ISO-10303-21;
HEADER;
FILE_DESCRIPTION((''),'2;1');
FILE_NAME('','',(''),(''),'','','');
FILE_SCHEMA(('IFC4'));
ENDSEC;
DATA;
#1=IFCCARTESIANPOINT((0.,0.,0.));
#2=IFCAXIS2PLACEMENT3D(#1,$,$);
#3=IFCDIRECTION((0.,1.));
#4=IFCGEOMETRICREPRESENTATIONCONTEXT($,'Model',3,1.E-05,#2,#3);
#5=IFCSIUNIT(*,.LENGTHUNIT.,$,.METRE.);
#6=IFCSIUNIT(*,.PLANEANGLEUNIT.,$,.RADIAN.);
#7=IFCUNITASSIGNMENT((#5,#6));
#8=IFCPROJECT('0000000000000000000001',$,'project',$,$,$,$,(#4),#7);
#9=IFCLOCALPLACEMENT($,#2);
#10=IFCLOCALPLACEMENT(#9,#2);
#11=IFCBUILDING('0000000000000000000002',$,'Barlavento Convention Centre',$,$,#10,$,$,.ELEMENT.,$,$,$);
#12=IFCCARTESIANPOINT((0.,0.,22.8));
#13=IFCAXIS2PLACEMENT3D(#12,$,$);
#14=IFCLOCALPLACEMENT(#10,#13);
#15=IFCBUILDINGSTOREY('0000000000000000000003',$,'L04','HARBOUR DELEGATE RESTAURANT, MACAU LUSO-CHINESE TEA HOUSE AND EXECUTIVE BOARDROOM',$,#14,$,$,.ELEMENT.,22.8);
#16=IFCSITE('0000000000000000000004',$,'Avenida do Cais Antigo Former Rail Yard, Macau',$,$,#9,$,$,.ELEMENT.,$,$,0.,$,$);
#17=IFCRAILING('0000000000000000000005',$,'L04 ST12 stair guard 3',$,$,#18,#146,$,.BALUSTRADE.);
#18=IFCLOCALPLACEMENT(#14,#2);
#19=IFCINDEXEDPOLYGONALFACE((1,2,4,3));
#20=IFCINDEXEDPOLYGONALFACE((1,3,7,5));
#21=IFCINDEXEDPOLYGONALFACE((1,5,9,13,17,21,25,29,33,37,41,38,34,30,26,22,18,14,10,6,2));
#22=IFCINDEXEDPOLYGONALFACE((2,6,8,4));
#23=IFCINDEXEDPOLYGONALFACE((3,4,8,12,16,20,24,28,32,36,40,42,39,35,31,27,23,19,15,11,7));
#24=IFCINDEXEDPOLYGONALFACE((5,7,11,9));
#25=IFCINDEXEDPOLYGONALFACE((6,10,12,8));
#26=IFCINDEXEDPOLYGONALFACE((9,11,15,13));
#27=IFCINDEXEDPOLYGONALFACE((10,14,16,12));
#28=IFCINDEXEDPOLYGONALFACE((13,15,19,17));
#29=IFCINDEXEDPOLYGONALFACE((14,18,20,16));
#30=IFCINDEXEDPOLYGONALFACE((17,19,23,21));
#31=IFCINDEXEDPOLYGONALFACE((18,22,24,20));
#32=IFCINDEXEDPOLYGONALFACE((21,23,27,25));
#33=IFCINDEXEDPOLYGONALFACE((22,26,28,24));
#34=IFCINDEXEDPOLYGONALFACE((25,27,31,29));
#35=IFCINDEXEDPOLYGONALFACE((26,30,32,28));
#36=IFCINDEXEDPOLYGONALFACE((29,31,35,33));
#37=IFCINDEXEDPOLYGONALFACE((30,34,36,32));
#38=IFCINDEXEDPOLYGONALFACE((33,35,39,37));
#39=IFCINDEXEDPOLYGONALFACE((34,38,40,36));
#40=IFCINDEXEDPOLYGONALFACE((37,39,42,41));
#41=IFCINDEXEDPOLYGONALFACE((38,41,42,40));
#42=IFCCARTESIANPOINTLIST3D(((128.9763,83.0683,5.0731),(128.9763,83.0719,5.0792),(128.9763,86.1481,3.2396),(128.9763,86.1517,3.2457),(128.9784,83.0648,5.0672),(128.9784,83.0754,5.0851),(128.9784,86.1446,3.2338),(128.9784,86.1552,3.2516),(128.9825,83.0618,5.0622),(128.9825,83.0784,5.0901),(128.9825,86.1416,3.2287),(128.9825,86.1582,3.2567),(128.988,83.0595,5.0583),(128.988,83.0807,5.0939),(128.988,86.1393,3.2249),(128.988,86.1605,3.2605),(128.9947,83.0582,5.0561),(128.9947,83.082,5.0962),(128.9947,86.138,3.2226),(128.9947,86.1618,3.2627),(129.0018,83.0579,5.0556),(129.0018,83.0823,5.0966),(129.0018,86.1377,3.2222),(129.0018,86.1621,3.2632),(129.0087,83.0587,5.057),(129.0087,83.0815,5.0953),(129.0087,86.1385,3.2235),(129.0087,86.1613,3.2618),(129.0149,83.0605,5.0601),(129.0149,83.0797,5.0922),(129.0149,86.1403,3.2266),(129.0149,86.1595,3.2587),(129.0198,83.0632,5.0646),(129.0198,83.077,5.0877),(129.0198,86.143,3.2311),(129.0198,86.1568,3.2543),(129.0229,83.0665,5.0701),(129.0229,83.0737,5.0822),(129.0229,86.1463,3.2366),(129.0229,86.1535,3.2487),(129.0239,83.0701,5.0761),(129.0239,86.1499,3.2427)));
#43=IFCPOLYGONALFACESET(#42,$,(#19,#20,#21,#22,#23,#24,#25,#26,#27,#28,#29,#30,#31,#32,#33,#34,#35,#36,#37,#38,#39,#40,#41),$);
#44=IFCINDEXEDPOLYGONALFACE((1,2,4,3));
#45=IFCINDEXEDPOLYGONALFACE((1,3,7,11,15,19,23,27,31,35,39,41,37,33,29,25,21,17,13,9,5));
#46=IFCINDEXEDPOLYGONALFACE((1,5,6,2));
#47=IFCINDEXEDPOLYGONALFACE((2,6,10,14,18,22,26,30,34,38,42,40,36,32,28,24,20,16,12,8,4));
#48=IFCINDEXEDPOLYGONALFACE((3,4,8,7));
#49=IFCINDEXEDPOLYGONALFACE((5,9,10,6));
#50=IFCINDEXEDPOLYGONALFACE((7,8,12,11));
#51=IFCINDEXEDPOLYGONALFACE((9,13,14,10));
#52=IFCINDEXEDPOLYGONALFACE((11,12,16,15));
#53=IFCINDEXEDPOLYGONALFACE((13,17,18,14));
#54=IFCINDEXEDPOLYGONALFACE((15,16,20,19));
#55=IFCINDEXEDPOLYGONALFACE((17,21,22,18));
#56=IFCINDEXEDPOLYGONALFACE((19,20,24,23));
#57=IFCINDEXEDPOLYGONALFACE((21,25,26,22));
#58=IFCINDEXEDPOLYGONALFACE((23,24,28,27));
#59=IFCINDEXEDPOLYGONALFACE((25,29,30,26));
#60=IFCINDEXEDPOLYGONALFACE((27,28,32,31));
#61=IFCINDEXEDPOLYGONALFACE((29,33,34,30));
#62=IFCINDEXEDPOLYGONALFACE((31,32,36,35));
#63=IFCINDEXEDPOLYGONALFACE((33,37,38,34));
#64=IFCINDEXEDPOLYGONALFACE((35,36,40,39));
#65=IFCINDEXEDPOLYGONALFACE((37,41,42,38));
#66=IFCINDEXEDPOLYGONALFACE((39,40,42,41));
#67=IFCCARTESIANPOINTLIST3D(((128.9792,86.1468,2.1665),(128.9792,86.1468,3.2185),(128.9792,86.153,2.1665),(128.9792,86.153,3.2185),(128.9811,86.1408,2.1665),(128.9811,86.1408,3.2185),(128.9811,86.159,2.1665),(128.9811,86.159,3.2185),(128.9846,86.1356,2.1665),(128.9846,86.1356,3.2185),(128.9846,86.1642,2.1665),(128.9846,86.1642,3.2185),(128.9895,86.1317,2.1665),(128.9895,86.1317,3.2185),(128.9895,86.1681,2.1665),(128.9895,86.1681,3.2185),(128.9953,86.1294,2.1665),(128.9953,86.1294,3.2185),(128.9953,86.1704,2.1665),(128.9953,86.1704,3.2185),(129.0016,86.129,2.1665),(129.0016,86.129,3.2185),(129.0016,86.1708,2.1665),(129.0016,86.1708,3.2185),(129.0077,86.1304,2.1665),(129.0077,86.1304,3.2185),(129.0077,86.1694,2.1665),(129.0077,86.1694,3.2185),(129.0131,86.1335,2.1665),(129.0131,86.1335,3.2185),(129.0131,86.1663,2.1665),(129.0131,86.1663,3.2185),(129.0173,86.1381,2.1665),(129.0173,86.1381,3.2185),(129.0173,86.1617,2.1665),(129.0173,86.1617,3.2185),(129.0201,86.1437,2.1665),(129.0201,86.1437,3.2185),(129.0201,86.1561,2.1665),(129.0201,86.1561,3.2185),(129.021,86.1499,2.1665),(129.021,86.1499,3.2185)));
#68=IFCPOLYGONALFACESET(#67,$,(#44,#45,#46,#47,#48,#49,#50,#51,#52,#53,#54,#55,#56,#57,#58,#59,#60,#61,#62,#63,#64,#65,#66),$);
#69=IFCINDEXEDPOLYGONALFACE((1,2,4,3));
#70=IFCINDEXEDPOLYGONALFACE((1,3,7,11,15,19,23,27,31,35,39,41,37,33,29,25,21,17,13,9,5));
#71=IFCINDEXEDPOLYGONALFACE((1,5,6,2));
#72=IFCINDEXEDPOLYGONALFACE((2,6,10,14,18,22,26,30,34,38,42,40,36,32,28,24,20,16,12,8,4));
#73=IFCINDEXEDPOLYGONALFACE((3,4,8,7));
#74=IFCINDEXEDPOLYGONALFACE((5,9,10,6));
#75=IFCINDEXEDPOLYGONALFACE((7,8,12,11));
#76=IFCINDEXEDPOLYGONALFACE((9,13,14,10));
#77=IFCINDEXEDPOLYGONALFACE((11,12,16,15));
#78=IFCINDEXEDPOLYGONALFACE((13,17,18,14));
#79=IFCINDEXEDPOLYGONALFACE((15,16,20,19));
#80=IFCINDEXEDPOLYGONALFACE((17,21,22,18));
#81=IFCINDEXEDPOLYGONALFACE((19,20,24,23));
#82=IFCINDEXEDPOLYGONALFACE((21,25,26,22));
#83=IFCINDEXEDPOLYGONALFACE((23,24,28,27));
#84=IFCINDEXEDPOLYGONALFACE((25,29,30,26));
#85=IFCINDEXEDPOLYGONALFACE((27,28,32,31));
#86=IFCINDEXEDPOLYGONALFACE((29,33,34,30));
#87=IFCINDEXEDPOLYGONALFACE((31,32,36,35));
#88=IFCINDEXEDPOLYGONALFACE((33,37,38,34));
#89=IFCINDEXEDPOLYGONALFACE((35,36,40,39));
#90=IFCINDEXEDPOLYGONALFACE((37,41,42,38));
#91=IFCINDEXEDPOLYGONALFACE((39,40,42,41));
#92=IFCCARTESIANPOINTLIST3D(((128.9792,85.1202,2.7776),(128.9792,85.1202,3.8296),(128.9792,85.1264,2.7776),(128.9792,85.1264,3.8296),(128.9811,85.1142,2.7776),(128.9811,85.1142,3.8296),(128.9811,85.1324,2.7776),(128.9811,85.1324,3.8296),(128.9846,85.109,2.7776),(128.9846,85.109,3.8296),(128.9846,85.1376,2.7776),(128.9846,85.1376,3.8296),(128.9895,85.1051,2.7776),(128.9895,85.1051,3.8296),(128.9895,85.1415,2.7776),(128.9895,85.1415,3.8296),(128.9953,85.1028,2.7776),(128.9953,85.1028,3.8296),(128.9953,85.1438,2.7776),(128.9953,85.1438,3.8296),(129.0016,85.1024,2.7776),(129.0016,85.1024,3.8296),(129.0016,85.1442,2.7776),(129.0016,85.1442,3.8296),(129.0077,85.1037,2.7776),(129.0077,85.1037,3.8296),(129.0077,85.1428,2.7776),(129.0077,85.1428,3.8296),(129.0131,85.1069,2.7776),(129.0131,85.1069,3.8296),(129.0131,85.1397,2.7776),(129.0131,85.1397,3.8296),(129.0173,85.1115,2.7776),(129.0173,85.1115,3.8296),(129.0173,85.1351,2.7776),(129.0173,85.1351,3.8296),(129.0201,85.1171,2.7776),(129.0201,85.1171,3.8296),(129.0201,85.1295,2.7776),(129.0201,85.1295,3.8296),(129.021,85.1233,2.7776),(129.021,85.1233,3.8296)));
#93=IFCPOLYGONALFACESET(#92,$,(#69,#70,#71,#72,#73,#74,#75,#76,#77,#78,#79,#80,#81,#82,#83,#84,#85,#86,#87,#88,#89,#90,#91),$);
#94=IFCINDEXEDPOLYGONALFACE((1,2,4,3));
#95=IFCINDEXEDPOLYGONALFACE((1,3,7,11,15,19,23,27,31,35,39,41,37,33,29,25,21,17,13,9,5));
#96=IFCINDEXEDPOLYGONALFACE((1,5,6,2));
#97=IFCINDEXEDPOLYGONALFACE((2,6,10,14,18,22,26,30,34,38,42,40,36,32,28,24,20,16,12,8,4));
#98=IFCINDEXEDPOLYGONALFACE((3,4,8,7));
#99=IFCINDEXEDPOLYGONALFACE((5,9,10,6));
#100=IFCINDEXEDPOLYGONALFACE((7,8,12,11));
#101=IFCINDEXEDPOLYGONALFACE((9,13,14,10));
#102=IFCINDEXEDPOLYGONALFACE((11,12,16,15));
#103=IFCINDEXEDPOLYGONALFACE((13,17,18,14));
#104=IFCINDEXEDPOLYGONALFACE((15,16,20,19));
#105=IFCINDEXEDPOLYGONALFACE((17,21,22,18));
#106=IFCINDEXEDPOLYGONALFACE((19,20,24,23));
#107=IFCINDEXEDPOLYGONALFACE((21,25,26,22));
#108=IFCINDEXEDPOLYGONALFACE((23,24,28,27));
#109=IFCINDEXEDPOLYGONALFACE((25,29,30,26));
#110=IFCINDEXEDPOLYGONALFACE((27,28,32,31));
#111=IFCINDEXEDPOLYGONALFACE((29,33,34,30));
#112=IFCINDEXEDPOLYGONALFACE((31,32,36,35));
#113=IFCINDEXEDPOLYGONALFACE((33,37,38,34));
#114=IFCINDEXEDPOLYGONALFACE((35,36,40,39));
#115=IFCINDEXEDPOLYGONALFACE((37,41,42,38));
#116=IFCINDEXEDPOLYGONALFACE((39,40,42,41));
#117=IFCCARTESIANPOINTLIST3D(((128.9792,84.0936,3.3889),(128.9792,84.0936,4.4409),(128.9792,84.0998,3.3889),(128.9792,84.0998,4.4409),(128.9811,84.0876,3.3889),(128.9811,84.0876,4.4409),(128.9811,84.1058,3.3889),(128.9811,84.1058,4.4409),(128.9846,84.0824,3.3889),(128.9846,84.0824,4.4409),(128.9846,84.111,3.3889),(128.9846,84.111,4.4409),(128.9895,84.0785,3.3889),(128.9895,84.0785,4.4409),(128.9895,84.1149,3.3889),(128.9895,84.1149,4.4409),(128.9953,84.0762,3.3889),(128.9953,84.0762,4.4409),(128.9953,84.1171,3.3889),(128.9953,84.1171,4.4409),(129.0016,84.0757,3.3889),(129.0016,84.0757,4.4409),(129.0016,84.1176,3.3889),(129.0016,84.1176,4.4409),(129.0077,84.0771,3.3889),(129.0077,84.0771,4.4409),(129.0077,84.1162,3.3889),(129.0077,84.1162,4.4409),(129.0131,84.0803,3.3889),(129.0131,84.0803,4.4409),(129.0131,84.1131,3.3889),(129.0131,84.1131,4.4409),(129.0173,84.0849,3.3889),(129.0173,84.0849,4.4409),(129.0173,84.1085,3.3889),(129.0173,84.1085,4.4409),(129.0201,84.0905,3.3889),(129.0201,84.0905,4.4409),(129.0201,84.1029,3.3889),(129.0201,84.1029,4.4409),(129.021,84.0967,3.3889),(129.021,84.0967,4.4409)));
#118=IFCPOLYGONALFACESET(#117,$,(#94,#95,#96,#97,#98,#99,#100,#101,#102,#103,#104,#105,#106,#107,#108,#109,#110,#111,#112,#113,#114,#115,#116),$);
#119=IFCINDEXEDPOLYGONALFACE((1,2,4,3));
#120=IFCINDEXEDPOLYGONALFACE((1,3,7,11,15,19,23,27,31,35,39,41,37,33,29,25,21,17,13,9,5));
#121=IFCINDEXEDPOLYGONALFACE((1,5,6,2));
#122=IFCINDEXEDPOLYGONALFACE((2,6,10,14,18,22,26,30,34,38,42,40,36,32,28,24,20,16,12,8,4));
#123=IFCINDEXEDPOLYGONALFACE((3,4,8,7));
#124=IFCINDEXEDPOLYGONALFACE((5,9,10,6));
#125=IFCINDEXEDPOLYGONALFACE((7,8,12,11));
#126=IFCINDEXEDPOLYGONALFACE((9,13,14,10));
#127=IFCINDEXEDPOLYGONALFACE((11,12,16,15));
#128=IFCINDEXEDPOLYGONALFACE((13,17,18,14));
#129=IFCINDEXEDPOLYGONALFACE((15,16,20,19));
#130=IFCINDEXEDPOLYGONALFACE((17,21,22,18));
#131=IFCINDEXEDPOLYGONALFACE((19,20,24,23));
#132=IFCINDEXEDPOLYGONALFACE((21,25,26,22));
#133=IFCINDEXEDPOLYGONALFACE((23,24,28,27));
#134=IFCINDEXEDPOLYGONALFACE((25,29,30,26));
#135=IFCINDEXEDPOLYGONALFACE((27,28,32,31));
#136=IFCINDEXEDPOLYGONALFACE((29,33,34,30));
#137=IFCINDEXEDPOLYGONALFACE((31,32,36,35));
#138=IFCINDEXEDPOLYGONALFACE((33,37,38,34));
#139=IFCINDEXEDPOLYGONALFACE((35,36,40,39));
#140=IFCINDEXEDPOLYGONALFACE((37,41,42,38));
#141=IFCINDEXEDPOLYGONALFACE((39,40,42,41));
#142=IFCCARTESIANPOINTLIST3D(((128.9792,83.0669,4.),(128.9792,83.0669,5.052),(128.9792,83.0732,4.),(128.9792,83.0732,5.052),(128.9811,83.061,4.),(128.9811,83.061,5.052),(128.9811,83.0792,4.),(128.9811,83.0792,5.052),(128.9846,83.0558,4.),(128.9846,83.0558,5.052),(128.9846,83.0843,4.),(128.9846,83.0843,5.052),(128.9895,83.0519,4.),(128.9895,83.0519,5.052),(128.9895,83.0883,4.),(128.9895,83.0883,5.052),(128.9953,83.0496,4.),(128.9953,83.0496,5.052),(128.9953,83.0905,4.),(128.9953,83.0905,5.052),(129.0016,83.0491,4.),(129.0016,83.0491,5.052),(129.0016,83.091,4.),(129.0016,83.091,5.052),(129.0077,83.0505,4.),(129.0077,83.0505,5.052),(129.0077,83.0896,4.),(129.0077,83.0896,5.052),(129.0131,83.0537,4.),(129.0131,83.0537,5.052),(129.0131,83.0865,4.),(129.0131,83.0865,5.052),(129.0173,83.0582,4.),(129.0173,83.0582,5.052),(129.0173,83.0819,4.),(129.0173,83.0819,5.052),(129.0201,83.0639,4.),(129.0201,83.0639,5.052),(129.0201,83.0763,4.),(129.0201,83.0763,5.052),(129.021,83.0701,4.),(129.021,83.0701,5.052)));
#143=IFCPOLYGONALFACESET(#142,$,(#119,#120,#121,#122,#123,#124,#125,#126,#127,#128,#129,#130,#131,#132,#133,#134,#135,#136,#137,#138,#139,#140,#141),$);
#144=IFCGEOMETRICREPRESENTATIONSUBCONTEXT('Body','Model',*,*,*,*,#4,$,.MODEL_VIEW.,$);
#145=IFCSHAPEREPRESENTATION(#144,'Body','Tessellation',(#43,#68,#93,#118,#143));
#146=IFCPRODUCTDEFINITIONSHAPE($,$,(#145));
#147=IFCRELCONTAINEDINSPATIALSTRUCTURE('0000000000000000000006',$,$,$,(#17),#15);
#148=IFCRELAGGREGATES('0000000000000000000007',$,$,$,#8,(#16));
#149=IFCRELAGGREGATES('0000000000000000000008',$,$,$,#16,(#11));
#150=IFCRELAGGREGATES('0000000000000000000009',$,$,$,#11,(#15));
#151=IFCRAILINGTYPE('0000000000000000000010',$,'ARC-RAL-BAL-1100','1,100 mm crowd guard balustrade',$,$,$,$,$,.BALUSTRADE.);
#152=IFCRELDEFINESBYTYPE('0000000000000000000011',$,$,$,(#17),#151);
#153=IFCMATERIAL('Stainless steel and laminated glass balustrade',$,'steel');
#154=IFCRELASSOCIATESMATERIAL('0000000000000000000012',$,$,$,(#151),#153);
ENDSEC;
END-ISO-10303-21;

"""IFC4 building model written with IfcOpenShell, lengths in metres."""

from ifc_helpers import new_model, si_unit, direction, frame, origin, origin_2d, place, context, subcontext, project, spatial, circle, extrude, material, type_object, element, save


model = new_model("IFC4")

# Units and contexts
model_context = context("Model", 3, precision=1e-05, world=origin(), true_north=direction((0.0, 1.0)))
body_context = subcontext(model_context, "Body", "Model", "MODEL_VIEW")
ifc_project = project(units=[si_unit("LENGTHUNIT", "METRE"), si_unit("PLANEANGLEUNIT", "RADIAN")], contexts=[model_context])

# Site, building, storey
site_placement = place(None, origin())
site = spatial("IfcSite", under=ifc_project, at=site_placement, Name="Avenida do Cais Antigo Former Rail Yard, Macau", CompositionType="ELEMENT", RefElevation=0.0)
building_placement = place(site_placement, origin())
building = spatial("IfcBuilding", under=site, at=building_placement, Name="Barlavento Convention Centre", CompositionType="ELEMENT")
storey_placement = place(building_placement, frame((0.0, 0.0, 22.8)))
storey = spatial("IfcBuildingStorey", under=building, at=storey_placement, Name="L04", Description="HARBOUR DELEGATE RESTAURANT, MACAU LUSO-CHINESE TEA HOUSE AND EXECUTIVE BOARDROOM", CompositionType="ELEMENT", Elevation=22.8)

# Railing
ifc_material_1 = material(Name="Stainless steel and laminated glass balustrade", Category="steel")
railing_type_1 = type_object("IfcRailingType", Name="ARC-RAL-BAL-1100", Description="1,100 mm crowd guard balustrade", PredefinedType="BALUSTRADE", material=ifc_material_1)
railing_1_placement = place(storey_placement, frame((129.0, 86.1499, 2.1665)))
element("IfcRailing", 1, at=railing_1_placement, inside=storey, type_object=railing_type_1, Name="L04 ST12 stair guard 3", PredefinedType="BALUSTRADE", context=body_context, shape_type="SweptSolid", body=[
    extrude(circle(Radius=0.0239, at=origin_2d()), frame((0.0, 0.0, 1.0762), z_axis=(0.0, -0.859261, 0.511538), x_axis=(1.0, 0.0, 0.0)), (0.0, 0.0, 1.0), 3.5842),
    extrude(circle(Radius=0.021, at=origin_2d()), origin(), (0.0, 0.0, 1.0), 1.052),
    extrude(circle(Radius=0.021, at=origin_2d()), frame((0.0, -1.0266, 0.6111)), (0.0, 0.0, 1.0), 1.052),
    extrude(circle(Radius=0.021, at=origin_2d()), frame((0.0, -2.0532, 1.2224)), (0.0, 0.0, 1.0), 1.052),
    extrude(circle(Radius=0.021, at=origin_2d()), frame((0.0, -3.0798, 1.8335)), (0.0, 0.0, 1.0), 1.052),
])

save(model, "model.ifc")
